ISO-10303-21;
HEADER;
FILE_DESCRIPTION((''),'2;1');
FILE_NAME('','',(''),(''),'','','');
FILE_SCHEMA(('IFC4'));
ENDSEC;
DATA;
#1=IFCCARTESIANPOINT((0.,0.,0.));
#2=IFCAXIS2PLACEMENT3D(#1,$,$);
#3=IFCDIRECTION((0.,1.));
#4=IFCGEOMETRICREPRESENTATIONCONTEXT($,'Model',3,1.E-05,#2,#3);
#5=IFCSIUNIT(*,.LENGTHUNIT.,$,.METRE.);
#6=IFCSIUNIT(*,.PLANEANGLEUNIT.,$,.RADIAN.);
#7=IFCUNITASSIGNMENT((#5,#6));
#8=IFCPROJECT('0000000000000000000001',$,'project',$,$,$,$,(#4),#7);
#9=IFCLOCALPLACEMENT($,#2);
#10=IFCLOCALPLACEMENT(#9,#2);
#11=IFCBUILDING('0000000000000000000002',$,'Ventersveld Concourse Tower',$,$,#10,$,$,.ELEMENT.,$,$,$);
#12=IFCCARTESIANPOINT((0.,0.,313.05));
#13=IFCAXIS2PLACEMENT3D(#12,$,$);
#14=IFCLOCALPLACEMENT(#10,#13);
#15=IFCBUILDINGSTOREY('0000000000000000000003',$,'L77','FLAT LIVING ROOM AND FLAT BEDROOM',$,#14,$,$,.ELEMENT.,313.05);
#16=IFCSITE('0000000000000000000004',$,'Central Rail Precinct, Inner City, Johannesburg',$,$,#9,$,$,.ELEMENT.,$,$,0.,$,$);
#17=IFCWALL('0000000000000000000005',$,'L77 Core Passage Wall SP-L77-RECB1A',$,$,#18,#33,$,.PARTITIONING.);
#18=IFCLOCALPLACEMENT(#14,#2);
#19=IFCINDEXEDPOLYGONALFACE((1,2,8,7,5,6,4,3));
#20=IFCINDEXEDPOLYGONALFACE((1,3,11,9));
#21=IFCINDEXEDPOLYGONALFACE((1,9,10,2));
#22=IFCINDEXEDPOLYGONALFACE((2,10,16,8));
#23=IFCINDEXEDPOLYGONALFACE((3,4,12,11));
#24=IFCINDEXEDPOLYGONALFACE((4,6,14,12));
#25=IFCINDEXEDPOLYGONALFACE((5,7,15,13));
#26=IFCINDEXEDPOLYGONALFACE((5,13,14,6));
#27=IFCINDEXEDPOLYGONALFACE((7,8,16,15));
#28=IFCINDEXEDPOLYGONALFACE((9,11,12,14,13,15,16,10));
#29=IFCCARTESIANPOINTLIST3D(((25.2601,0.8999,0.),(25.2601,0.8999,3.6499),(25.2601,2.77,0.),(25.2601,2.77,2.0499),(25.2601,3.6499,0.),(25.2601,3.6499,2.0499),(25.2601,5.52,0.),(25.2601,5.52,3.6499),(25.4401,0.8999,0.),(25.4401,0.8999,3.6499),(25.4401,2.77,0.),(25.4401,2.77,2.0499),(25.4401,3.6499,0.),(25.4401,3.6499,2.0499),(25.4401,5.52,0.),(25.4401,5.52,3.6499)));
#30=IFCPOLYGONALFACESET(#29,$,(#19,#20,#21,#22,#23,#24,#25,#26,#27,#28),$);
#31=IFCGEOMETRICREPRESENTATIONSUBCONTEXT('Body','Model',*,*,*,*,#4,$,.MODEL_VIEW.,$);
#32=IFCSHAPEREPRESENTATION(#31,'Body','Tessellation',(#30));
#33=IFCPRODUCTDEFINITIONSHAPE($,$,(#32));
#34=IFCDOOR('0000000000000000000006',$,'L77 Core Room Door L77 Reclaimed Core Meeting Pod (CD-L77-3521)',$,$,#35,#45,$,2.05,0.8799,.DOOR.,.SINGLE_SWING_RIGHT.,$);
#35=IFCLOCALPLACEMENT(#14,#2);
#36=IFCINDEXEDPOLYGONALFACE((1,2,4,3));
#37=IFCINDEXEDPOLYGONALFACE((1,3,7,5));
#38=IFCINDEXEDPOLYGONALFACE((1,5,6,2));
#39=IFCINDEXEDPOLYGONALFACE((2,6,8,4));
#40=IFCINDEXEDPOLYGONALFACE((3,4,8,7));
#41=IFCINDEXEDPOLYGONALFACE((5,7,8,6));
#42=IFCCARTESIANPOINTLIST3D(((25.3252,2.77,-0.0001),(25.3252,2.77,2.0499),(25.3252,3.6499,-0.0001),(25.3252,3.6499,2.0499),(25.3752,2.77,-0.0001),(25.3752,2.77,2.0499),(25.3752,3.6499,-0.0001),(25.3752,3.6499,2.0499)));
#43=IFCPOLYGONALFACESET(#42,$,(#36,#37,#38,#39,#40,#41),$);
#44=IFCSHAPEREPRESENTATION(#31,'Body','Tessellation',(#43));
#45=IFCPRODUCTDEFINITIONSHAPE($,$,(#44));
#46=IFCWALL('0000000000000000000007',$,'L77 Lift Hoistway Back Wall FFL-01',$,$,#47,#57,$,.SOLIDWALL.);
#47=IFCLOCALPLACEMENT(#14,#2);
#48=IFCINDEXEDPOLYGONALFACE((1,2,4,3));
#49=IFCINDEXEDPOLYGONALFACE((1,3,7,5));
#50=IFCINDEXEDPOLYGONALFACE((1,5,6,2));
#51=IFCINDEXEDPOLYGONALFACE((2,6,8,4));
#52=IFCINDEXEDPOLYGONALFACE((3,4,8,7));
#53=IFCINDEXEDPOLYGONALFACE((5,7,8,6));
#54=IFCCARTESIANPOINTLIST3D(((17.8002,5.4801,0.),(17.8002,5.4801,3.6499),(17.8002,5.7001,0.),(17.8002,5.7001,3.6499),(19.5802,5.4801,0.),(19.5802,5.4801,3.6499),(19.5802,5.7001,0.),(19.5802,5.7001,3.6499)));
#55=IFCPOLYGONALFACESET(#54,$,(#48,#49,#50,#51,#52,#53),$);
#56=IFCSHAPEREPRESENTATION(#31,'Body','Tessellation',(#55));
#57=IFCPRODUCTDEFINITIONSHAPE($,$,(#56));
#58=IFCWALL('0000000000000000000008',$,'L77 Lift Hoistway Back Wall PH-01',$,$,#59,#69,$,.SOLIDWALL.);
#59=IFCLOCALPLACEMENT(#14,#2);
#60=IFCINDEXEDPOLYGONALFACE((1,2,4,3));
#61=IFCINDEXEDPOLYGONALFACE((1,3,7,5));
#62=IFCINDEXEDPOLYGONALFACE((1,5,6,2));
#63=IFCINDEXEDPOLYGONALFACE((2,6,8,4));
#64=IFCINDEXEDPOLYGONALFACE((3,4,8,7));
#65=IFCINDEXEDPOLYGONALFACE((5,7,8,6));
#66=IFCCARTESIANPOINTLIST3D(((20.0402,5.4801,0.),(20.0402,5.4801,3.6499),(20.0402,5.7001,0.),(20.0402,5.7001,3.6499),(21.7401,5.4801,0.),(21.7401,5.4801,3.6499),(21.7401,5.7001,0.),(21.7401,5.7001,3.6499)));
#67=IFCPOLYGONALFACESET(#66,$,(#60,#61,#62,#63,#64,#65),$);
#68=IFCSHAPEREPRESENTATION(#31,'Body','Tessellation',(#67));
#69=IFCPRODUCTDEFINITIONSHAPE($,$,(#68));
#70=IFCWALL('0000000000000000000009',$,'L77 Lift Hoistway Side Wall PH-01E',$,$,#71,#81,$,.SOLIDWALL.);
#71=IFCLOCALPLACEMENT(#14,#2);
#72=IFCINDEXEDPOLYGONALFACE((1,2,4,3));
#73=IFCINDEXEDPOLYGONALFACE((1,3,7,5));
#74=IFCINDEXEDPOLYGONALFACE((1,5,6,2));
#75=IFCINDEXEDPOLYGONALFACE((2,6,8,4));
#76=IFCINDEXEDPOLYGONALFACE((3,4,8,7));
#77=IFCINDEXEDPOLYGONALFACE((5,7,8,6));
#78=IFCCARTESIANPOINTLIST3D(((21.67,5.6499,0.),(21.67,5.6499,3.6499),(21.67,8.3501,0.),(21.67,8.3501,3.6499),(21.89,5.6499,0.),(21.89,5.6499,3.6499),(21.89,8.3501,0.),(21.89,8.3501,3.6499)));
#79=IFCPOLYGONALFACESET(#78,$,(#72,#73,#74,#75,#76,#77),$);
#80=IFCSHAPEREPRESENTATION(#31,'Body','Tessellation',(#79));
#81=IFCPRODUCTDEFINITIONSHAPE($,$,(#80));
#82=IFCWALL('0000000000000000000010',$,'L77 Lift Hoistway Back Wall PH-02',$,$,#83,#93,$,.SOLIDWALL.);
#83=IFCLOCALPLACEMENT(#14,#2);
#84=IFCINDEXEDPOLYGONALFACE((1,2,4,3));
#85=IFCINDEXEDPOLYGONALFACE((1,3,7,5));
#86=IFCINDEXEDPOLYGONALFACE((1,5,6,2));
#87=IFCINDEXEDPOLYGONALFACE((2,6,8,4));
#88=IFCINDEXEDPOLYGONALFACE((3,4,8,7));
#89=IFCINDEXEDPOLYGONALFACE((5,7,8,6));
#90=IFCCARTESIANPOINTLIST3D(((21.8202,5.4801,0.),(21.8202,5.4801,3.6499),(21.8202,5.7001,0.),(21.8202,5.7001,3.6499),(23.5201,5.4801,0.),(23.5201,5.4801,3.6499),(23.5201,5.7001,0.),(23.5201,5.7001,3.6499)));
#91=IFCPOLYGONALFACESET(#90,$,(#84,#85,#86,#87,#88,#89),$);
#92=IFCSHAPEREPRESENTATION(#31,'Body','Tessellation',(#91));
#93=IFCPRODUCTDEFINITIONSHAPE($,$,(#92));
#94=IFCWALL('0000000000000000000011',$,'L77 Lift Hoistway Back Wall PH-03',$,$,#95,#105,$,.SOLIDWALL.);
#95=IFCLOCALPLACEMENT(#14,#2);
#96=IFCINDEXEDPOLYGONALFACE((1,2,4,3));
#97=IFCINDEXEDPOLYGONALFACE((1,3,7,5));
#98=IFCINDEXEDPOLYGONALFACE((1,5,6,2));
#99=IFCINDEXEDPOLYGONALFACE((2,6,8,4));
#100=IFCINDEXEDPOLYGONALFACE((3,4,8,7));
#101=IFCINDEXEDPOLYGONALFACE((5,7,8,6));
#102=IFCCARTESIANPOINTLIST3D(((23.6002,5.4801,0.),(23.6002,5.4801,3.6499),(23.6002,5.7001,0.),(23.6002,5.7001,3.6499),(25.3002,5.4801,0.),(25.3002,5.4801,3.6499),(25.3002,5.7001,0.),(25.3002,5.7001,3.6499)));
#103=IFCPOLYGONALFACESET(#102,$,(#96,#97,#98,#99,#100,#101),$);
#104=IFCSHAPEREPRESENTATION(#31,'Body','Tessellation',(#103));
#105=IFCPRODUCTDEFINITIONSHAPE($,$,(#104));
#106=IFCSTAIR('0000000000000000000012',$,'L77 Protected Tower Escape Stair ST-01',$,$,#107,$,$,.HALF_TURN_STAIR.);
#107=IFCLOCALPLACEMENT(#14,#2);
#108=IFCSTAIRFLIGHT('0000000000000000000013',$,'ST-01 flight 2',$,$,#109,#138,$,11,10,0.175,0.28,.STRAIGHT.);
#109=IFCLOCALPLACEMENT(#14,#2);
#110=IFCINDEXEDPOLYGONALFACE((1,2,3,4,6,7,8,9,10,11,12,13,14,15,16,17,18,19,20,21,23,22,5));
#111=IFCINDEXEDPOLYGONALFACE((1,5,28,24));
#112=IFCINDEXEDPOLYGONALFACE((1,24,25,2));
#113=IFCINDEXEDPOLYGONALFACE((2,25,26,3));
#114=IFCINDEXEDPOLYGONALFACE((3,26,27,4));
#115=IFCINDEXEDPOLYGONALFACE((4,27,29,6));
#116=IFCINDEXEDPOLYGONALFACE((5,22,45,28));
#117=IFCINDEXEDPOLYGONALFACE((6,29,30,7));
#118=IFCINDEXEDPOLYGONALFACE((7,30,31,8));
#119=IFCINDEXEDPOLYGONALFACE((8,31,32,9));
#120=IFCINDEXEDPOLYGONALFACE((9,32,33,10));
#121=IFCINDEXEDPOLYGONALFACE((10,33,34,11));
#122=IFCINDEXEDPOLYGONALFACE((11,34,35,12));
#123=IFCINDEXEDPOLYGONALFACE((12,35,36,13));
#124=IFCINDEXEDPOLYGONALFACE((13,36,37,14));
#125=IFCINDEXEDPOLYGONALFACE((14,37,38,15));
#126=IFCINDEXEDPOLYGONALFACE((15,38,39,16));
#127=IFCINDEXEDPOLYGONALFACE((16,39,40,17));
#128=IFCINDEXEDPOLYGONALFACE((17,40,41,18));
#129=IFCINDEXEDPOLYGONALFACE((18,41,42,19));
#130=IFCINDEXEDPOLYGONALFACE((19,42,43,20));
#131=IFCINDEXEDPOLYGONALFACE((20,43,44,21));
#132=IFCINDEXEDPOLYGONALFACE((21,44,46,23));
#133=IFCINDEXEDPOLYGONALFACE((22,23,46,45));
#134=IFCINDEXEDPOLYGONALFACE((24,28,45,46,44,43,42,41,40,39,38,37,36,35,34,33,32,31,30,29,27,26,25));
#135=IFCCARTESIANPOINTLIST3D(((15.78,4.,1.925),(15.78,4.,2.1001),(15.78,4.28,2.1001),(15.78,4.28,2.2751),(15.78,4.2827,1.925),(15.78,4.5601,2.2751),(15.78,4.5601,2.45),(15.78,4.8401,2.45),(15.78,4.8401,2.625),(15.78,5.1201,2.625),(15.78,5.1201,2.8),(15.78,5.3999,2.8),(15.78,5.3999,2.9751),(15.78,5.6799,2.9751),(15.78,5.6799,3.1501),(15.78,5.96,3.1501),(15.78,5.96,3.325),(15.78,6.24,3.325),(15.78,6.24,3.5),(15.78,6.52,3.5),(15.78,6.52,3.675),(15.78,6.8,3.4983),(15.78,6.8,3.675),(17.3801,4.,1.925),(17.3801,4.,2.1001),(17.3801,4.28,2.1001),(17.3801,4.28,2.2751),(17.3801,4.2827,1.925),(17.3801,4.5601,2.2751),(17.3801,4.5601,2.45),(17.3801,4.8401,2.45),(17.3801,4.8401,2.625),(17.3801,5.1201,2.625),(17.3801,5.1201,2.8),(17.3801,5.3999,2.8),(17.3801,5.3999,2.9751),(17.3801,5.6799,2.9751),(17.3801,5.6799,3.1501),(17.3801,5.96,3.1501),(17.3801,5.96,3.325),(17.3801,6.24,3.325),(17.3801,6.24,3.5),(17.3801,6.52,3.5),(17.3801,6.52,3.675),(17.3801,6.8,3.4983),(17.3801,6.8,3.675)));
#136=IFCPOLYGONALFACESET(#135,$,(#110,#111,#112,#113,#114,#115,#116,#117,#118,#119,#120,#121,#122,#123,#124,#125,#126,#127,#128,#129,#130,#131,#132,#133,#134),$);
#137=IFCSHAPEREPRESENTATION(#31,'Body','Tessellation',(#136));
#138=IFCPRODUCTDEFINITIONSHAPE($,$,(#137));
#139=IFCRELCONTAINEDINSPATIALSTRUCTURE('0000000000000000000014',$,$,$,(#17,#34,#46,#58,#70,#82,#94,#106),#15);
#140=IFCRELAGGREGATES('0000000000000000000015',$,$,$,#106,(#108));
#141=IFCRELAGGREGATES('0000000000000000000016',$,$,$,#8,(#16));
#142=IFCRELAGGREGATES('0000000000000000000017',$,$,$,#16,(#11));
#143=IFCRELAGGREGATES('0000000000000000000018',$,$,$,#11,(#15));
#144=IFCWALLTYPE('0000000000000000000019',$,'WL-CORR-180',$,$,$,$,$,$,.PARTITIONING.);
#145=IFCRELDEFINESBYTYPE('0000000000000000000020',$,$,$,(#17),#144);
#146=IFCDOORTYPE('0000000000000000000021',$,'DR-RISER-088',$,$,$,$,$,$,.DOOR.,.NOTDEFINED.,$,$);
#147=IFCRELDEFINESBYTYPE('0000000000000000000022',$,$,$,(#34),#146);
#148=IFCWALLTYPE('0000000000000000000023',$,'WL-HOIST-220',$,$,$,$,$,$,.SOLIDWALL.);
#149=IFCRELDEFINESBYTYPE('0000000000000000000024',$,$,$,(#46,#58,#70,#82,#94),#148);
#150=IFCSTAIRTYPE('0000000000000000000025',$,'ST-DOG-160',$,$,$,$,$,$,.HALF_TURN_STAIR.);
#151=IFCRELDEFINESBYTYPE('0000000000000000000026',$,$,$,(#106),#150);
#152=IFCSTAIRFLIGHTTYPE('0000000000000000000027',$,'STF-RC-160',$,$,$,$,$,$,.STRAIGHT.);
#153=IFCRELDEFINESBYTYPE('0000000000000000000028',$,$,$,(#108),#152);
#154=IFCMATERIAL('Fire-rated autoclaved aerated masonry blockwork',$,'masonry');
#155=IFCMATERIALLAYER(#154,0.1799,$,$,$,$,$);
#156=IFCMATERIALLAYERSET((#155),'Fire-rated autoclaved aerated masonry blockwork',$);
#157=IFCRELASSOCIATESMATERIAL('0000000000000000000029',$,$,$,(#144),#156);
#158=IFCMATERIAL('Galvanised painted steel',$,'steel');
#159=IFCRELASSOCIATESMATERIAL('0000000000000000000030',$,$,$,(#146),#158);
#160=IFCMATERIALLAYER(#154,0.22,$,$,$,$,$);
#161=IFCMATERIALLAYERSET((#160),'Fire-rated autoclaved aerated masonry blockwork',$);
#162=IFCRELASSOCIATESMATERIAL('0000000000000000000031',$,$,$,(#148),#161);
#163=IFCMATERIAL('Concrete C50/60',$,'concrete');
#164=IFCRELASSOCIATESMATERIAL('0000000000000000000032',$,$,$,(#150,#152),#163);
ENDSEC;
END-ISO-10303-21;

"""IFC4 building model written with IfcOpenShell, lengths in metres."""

from ifc_helpers import new_model, si_unit, direction, frame, frame_2d, origin, place, context, subcontext, project, spatial, polyline, rectangle, outline, extrude, material, layer, layer_set, type_object, element, fill, aggregate, save


model = new_model("IFC4")

# Units and contexts
model_context = context("Model", 3, precision=1e-05, world=origin(), true_north=direction((0.0, 1.0)))
body_context = subcontext(model_context, "Body", "Model", "MODEL_VIEW")
ifc_project = project(units=[si_unit("LENGTHUNIT", "METRE"), si_unit("PLANEANGLEUNIT", "RADIAN")], contexts=[model_context])

# Site, building, storey
site_placement = place(None, origin())
site = spatial("IfcSite", under=ifc_project, at=site_placement, Name="Central Rail Precinct, Inner City, Johannesburg", CompositionType="ELEMENT", RefElevation=0.0)
building_placement = place(site_placement, origin())
building = spatial("IfcBuilding", under=site, at=building_placement, Name="Ventersveld Concourse Tower", CompositionType="ELEMENT")
storey_placement = place(building_placement, frame((0.0, 0.0, 313.05)))
storey = spatial("IfcBuildingStorey", under=building, at=storey_placement, Name="L77", Description="FLAT LIVING ROOM AND FLAT BEDROOM", CompositionType="ELEMENT", Elevation=313.05)

# Shared definitions
ifc_material_1 = material(Name="Concrete C50/60", Category="concrete")

# Wall, opening, door
ifc_material_2 = material(Name="Fire-rated autoclaved aerated masonry blockwork", Category="masonry")
ifc_layer_1 = layer(ifc_material_2, 0.1799)
ifc_layer_set_1 = layer_set([ifc_layer_1], Name="Fire-rated autoclaved aerated masonry blockwork")
wall_type_1 = type_object("IfcWallType", Name="WL-CORR-180", PredefinedType="PARTITIONING", material=ifc_layer_set_1)
wall_1_placement = place(storey_placement, frame((25.3501, 0.8999, 0.0), z_axis=(0.0, 0.0, 1.0), x_axis=(0.0, 1.0, 0.0)))
wall_1 = element("IfcWall", 1, at=wall_1_placement, inside=storey, type_object=wall_type_1, Name="L77 Core Passage Wall SP-L77-RECB1A", PredefinedType="PARTITIONING", context=body_context, shape_type="SweptSolid", body=[
    extrude(rectangle(XDim=4.6201, YDim=0.1799, at=frame_2d((2.3101, 0.0))), origin(), (0.0, 0.0, 1.0), 3.6499),
])
opening_placement = place(wall_1_placement, frame((1.8701, 0.0, 0.0)))
opening = element("IfcOpeningElement", 2, at=opening_placement, cuts=wall_1, PredefinedType="OPENING", context=body_context, shape_type="SweptSolid", body=[
    extrude(rectangle(XDim=0.8799, YDim=2.05, at=frame_2d((0.4399, 1.0249))), frame((0.0, 0.1001, 0.0), z_axis=(0.0, -1.0, 0.0), x_axis=(1.0, 0.0, 0.0)), (0.0, 0.0, 1.0), 0.2),
])
ifc_material_3 = material(Name="Galvanised painted steel", Category="steel")
door_type = type_object("IfcDoorType", Name="DR-RISER-088", OperationType="NOTDEFINED", PredefinedType="DOOR", material=ifc_material_3)
door_placement = place(opening_placement, origin())
door = element("IfcDoor", 3, at=door_placement, inside=storey, type_object=door_type, Name="L77 Core Room Door L77 Reclaimed Core Meeting Pod (CD-L77-3521)", OperationType="SINGLE_SWING_RIGHT", OverallHeight=2.05, OverallWidth=0.8799, PredefinedType="DOOR", context=body_context, shape_type="SweptSolid", body=[
    extrude(rectangle(XDim=0.8799, YDim=2.05, at=frame_2d((0.4399, 1.0249))), frame((0.0, 0.0249, 0.0), z_axis=(0.0, -1.0, 0.0), x_axis=(1.0, 0.0, 0.0)), (0.0, 0.0, 1.0), 0.05),
])
fill(opening, door)

# Walls
ifc_layer_2 = layer(ifc_material_2, 0.22)
ifc_layer_set_2 = layer_set([ifc_layer_2], Name="Fire-rated autoclaved aerated masonry blockwork")
wall_type_2 = type_object("IfcWallType", Name="WL-HOIST-220", PredefinedType="SOLIDWALL", material=ifc_layer_set_2)
wall_2_placement = place(storey_placement, frame((17.8, 5.5901, 0.0), z_axis=(0.0, 0.0, 1.0), x_axis=(1.0, 0.0, 0.0)))
element("IfcWall", 4, at=wall_2_placement, inside=storey, type_object=wall_type_2, Name="L77 Lift Hoistway Back Wall FFL-01", PredefinedType="SOLIDWALL", context=body_context, shape_type="SweptSolid", body=[
    extrude(rectangle(XDim=1.78, YDim=0.22, at=frame_2d((0.8901, 0.0))), origin(), (0.0, 0.0, 1.0), 3.6499),
])
wall_3_placement = place(storey_placement, frame((20.04, 5.5901, 0.0), z_axis=(0.0, 0.0, 1.0), x_axis=(1.0, 0.0, 0.0)))
element("IfcWall", 5, at=wall_3_placement, inside=storey, type_object=wall_type_2, Name="L77 Lift Hoistway Back Wall PH-01", PredefinedType="SOLIDWALL", context=body_context, shape_type="SweptSolid", body=[
    extrude(rectangle(XDim=1.7, YDim=0.22, at=frame_2d((0.8501, 0.0))), origin(), (0.0, 0.0, 1.0), 3.6499),
])
wall_4_placement = place(storey_placement, frame((21.78, 5.6499, 0.0), z_axis=(0.0, 0.0, 1.0), x_axis=(0.0, 1.0, 0.0)))
element("IfcWall", 6, at=wall_4_placement, inside=storey, type_object=wall_type_2, Name="L77 Lift Hoistway Side Wall PH-01E", PredefinedType="SOLIDWALL", context=body_context, shape_type="SweptSolid", body=[
    extrude(rectangle(XDim=2.7002, YDim=0.22, at=frame_2d((1.3501, 0.0))), origin(), (0.0, 0.0, 1.0), 3.6499),
])
for number, where, z_axis, x_axis, name in (
    (7, (21.8201, 5.5901, 0.0), (0.0, 0.0, 1.0), (1.0, 0.0, 0.0), "L77 Lift Hoistway Back Wall PH-02"),
    (8, (23.6001, 5.5901, 0.0), (0.0, 0.0, 1.0), (1.0, 0.0, 0.0), "L77 Lift Hoistway Back Wall PH-03"),
):
    element("IfcWall", number, at=place(storey_placement, frame(where, z_axis=z_axis, x_axis=x_axis)), inside=storey, type_object=wall_type_2, Name=name, PredefinedType="SOLIDWALL", context=body_context, shape_type="SweptSolid", body=[
        extrude(rectangle(XDim=1.7, YDim=0.22, at=frame_2d((0.8501, 0.0))), origin(), (0.0, 0.0, 1.0), 3.6499),
    ])

# Stair, stair flight
stair_type = type_object("IfcStairType", Name="ST-DOG-160", PredefinedType="HALF_TURN_STAIR", material=ifc_material_1)
stair_placement = place(storey_placement, origin())
stair = element("IfcStair", 9, at=stair_placement, inside=storey, type_object=stair_type, Name="L77 Protected Tower Escape Stair ST-01", PredefinedType="HALF_TURN_STAIR")
stair_flight_type = type_object("IfcStairFlightType", Name="STF-RC-160", PredefinedType="STRAIGHT", material=ifc_material_1)
stair_flight_placement = place(storey_placement, frame((16.5801, 4.0, 1.925), z_axis=(0.0, 0.0, 1.0), x_axis=(0.0, 1.0, 0.0)))
stair_flight = element("IfcStairFlight", 10, at=stair_flight_placement, type_object=stair_flight_type, Name="ST-01 flight 2", NumberOfRisers=11, NumberOfTreads=10, PredefinedType="STRAIGHT", RiserHeight=0.175, TreadLength=0.28, context=body_context, shape_type="SweptSolid", body=[
    extrude(outline(polyline([(0.0, 0.0), (0.0, 0.175), (0.28, 0.175), (0.28, 0.3501), (0.5601, 0.3501), (0.5601, 0.5249), (0.8401, 0.5249), (0.8401, 0.7), (1.1201, 0.7), (1.1201, 0.875), (1.3999, 0.875), (1.3999, 1.05), (1.6799, 1.05), (1.6799, 1.2251), (1.96, 1.2251), (1.96, 1.3999), (2.24, 1.3999), (2.24, 1.575), (2.52, 1.575), (2.52, 1.75), (2.8, 1.75), (2.8, 1.925), (2.8, 1.5732), (0.2827, 0.0), (0.0, 0.0)])), frame((0.0, 0.8, 0.0), z_axis=(0.0, -1.0, 0.0), x_axis=(1.0, 0.0, 0.0)), (0.0, 0.0, 1.0), 1.6001),
])
aggregate(stair, [stair_flight])

save(model, "model.ifc")
